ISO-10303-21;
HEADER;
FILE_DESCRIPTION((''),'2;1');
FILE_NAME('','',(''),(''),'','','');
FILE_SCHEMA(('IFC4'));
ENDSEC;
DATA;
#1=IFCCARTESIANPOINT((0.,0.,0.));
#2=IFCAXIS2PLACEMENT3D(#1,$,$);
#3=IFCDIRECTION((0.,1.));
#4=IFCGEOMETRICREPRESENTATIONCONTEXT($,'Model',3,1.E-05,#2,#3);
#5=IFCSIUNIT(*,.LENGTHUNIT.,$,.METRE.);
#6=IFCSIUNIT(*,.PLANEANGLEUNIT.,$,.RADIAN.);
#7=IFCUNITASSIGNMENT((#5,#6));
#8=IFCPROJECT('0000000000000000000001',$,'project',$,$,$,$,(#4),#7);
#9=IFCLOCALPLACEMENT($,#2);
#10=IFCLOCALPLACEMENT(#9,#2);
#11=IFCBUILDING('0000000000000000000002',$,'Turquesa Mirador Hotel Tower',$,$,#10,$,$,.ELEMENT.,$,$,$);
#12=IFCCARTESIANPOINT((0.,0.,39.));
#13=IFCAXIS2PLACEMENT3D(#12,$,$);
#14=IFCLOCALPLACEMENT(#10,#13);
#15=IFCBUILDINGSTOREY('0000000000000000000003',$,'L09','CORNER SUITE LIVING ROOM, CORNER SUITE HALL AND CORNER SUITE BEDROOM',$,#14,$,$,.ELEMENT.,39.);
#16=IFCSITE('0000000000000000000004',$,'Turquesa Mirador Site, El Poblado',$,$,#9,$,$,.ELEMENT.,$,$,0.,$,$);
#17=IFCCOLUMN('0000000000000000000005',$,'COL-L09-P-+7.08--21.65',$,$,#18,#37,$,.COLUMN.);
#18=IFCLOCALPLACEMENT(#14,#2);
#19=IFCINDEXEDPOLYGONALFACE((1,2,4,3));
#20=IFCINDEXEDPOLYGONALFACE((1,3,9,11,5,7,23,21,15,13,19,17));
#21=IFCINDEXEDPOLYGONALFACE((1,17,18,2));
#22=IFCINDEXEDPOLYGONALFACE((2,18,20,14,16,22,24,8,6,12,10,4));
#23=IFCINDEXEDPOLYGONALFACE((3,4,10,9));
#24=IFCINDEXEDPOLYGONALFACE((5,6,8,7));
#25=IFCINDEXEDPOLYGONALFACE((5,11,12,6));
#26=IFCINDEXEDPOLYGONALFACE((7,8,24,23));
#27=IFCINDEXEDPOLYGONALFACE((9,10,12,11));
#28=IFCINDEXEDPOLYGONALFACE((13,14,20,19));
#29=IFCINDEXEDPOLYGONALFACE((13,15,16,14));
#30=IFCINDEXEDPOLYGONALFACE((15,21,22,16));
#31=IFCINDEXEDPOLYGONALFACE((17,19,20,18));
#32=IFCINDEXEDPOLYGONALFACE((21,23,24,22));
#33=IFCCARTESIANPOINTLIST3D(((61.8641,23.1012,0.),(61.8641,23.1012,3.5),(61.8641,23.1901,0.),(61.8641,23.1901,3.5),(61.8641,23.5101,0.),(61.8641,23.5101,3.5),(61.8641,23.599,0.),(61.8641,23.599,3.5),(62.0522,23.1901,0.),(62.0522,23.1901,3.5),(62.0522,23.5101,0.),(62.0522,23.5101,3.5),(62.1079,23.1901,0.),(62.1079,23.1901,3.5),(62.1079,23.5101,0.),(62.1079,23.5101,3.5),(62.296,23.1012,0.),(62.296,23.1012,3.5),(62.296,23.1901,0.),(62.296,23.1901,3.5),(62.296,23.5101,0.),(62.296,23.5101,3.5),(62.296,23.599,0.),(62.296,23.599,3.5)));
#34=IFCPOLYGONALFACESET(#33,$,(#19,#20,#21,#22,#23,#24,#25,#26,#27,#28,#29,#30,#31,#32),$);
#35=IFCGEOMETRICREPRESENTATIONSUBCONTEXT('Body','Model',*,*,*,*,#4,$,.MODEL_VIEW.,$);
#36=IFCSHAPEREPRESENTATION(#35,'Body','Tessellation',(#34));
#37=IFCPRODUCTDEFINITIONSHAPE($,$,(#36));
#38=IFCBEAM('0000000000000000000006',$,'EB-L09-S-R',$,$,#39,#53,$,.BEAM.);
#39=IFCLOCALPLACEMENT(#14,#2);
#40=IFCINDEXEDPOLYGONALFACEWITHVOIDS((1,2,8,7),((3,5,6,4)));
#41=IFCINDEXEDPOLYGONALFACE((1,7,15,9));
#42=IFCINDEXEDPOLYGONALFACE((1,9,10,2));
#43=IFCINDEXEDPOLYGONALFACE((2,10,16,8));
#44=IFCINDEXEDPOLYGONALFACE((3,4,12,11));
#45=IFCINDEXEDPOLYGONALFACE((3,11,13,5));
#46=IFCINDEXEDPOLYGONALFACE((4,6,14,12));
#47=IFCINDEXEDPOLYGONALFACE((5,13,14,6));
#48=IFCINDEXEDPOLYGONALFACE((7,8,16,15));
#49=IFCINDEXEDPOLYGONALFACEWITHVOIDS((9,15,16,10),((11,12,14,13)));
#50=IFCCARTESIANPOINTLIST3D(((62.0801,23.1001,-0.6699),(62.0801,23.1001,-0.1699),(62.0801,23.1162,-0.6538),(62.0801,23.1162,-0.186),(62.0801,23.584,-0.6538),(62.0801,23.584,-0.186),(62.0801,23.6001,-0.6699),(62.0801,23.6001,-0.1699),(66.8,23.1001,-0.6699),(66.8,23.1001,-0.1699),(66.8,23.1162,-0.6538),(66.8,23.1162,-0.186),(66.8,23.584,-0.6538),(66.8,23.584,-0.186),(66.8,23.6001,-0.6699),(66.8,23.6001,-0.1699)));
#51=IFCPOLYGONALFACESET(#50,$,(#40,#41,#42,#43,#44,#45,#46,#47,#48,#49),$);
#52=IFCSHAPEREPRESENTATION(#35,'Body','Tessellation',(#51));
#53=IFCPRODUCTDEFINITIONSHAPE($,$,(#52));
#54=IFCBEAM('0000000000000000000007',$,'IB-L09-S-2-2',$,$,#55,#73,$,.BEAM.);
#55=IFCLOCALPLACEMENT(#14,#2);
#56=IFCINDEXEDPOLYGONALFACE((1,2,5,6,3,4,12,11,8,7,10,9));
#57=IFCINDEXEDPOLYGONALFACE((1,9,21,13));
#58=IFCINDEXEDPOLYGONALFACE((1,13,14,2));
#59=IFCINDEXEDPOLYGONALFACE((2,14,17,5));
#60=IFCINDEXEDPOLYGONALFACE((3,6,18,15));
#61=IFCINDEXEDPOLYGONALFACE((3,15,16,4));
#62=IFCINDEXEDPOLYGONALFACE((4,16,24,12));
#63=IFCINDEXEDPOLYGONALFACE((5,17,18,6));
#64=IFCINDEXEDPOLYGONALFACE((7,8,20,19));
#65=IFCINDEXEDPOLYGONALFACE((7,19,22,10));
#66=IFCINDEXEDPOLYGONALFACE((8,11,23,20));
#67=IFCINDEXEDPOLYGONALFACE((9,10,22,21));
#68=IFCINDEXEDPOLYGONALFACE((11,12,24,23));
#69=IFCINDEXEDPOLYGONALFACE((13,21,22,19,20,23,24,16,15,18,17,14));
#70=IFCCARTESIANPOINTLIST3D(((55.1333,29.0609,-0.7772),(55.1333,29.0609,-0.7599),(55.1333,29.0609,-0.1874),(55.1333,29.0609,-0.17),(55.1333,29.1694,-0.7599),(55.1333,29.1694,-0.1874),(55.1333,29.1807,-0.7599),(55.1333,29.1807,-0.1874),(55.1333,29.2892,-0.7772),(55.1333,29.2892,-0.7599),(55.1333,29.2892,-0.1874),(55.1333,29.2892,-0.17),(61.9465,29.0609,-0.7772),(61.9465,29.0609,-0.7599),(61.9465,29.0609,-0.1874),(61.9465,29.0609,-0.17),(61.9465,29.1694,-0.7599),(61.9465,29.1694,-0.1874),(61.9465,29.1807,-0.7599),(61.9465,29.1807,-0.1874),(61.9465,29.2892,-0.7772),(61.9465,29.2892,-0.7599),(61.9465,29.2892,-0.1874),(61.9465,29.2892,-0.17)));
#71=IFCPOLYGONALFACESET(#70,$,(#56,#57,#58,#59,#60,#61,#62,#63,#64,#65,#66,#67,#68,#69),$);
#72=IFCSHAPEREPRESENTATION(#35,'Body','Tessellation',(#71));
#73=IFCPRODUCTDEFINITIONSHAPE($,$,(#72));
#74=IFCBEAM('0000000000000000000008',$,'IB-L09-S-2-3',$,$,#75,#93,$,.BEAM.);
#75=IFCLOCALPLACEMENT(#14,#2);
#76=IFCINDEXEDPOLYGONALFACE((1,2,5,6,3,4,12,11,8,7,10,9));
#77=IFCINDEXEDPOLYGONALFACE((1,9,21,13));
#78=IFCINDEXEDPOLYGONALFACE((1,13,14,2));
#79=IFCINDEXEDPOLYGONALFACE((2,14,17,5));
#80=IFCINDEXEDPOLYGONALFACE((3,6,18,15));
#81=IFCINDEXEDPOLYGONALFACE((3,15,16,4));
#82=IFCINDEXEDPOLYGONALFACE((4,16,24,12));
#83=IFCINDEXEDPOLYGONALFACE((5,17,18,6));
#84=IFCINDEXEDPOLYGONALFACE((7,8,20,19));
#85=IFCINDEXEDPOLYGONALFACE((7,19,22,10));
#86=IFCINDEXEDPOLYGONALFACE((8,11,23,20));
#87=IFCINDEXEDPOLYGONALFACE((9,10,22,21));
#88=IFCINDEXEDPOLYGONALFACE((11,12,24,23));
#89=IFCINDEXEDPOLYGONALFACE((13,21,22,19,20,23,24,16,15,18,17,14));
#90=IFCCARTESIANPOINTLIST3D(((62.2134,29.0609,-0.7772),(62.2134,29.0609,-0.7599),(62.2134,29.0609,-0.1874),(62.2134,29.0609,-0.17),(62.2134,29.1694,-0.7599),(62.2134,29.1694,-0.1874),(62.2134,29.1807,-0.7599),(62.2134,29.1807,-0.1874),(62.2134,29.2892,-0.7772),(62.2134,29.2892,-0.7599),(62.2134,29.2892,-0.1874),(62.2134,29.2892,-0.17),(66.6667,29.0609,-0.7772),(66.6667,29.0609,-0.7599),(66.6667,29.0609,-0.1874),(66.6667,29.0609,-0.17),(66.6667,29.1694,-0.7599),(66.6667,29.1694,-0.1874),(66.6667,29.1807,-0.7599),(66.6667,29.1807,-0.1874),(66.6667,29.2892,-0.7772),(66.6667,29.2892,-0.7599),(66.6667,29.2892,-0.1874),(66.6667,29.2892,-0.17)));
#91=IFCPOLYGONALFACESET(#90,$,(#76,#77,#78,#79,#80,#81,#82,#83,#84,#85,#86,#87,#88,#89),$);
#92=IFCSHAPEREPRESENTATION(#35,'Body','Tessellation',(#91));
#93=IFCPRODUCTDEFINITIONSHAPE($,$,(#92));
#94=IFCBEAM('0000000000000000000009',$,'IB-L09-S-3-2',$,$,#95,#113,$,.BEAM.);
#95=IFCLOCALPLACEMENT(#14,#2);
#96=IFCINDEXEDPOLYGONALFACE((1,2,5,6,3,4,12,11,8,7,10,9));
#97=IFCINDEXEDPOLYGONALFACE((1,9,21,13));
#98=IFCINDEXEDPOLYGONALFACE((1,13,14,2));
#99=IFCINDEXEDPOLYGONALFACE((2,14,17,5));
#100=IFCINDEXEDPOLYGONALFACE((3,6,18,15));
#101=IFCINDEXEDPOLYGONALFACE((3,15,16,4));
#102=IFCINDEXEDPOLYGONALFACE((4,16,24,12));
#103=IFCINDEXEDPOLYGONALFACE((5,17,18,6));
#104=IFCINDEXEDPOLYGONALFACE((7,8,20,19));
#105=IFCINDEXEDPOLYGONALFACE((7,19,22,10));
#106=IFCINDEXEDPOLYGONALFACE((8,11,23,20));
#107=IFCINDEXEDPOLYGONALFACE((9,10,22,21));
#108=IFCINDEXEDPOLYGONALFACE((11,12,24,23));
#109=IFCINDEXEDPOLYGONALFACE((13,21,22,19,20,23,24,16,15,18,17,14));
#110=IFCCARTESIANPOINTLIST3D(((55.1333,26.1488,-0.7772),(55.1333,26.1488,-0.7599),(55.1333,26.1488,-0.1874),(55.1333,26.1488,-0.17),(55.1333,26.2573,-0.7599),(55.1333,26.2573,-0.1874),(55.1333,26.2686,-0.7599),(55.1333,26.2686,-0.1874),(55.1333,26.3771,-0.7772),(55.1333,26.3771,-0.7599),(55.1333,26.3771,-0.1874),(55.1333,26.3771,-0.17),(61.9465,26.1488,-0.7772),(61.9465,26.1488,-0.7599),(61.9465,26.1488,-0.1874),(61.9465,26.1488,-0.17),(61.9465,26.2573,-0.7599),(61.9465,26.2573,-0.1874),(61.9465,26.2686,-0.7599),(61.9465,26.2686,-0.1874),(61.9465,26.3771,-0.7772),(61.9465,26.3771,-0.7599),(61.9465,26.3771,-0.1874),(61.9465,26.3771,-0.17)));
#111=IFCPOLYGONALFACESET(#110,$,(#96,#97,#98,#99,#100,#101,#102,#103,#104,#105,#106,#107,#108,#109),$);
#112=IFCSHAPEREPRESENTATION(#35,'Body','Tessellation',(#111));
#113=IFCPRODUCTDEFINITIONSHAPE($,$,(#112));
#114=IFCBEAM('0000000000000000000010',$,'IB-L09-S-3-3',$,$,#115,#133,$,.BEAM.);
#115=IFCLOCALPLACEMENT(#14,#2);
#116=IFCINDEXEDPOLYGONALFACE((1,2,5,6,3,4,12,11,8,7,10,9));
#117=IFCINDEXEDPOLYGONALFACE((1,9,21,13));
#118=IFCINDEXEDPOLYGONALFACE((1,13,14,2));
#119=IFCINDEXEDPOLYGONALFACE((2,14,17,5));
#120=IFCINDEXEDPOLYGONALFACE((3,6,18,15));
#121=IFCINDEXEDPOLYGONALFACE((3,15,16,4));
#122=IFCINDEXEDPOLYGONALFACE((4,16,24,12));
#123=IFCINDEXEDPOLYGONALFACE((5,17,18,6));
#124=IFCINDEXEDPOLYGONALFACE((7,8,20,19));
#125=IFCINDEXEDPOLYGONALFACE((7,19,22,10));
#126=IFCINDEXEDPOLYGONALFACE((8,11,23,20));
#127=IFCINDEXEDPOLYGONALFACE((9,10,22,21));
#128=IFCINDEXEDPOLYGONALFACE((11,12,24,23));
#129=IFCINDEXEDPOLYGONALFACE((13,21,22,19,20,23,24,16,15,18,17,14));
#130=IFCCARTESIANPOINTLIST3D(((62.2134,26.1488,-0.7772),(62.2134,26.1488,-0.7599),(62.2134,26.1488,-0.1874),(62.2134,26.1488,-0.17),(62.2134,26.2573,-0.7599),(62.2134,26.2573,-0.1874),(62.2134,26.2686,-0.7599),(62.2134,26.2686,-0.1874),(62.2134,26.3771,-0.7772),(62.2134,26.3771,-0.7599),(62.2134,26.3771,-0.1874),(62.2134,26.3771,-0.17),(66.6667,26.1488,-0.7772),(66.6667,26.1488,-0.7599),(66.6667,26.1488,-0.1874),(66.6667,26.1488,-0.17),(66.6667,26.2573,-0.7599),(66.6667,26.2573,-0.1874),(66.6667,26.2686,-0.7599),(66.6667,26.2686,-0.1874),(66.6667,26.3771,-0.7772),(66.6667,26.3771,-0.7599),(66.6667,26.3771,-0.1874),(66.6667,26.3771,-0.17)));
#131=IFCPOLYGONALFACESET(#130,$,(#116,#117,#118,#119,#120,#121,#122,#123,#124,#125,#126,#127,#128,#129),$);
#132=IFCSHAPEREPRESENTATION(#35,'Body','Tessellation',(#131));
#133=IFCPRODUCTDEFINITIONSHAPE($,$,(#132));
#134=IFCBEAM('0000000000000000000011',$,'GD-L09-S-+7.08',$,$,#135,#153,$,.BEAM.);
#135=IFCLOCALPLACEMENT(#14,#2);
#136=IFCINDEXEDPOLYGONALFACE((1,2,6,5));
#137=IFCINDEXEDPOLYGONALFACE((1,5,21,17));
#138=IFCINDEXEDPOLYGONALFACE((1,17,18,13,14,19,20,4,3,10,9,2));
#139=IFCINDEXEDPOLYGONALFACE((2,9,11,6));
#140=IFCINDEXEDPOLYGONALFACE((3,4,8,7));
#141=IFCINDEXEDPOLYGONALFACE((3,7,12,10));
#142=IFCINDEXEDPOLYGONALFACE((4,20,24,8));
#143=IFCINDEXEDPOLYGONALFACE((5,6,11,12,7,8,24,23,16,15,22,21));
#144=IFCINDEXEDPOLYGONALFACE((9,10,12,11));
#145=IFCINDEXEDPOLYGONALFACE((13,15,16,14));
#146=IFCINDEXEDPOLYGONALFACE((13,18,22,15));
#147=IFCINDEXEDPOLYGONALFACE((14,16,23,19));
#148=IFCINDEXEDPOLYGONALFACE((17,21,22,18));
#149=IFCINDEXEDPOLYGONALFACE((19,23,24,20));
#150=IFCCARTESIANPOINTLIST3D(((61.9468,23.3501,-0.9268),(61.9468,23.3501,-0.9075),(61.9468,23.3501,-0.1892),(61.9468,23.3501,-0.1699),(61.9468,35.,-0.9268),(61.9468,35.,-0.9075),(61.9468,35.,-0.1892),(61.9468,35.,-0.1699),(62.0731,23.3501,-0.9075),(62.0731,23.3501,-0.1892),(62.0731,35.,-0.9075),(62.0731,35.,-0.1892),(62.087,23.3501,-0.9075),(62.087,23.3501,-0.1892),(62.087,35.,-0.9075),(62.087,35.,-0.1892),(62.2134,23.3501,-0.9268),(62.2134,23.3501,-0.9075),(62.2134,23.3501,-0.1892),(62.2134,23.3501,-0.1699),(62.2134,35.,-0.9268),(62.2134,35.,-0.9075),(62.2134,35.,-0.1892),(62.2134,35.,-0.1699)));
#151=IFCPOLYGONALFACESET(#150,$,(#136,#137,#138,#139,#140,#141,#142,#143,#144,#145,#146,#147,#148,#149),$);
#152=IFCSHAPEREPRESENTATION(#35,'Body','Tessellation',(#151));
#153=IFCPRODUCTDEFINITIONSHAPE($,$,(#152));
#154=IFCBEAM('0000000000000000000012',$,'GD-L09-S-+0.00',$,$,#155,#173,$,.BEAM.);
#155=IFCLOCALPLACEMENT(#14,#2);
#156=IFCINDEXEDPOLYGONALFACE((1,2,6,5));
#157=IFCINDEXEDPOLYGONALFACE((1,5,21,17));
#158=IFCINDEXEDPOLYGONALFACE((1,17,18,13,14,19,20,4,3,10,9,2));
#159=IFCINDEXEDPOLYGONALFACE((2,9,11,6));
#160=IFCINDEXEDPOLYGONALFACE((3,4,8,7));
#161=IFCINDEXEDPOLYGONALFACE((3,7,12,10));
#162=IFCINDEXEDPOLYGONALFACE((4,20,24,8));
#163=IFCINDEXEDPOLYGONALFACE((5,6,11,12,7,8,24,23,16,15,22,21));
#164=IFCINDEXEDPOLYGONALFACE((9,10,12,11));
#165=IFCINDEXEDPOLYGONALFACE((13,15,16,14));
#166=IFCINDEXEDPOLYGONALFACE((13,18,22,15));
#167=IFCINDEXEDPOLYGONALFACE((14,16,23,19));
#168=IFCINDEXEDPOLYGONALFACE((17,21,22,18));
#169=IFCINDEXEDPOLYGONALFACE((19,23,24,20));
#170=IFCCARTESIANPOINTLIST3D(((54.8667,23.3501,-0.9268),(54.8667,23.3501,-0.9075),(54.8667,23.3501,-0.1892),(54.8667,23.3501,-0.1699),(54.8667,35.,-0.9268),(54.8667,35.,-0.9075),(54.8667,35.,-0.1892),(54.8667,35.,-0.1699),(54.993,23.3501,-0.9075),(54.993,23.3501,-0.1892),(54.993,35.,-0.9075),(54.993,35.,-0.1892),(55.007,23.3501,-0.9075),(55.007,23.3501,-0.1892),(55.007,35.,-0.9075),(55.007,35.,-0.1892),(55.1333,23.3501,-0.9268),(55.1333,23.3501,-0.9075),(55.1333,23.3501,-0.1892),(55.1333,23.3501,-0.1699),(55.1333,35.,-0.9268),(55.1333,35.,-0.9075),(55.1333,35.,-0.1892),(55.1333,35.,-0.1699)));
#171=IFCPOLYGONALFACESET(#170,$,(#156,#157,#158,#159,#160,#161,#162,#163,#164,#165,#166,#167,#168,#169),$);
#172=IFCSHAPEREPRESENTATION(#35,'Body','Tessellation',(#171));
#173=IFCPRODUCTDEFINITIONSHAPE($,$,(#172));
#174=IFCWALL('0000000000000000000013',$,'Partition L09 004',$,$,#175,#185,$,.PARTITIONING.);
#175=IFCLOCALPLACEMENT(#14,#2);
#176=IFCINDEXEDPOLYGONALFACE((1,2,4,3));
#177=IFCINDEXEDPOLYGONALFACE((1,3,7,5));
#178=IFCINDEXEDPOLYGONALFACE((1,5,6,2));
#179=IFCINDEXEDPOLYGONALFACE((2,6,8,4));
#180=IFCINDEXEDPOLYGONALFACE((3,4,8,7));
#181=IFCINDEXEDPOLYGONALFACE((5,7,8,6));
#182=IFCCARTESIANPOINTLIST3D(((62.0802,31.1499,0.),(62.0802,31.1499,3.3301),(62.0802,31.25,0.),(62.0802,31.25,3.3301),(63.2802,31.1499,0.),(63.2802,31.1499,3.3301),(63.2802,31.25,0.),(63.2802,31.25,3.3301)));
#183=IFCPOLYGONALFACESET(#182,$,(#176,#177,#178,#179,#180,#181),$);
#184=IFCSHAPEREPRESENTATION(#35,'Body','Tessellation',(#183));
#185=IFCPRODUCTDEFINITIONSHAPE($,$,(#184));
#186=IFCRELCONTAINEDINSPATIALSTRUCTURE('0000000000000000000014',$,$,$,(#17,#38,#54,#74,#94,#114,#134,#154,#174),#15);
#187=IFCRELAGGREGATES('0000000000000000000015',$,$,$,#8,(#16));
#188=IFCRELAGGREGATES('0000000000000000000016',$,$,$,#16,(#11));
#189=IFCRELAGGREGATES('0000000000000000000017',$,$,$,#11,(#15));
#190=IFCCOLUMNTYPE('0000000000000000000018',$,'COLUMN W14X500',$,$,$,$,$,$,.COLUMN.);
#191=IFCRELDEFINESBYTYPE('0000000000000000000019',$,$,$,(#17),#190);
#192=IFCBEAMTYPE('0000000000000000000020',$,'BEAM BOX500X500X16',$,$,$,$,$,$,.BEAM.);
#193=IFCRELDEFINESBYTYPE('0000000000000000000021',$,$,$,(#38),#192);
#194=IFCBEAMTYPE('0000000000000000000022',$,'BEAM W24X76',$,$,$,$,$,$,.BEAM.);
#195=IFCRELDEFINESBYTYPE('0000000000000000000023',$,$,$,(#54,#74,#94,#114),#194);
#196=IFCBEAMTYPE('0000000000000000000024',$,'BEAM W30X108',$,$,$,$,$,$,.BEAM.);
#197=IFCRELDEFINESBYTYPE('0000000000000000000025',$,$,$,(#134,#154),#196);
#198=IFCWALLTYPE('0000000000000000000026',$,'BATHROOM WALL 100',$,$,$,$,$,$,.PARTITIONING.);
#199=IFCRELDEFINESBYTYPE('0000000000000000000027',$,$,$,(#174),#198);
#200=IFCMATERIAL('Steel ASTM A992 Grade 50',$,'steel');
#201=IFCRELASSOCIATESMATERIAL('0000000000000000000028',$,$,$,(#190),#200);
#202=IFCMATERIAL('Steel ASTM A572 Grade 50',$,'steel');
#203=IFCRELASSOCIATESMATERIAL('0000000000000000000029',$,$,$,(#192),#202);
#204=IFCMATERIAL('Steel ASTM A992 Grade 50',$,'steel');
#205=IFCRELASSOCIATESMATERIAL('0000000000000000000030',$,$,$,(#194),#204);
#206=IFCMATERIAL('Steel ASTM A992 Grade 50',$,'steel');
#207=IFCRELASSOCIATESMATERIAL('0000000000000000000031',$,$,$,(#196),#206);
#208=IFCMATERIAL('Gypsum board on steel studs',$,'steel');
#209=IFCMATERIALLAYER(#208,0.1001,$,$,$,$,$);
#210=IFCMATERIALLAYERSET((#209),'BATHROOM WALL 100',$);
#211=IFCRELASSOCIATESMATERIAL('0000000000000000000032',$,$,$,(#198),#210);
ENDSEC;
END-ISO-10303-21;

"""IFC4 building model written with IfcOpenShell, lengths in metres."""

from ifc_helpers import new_model, si_unit, direction, frame, frame_2d, origin, origin_2d, place, context, subcontext, project, spatial, rectangle, hollow_rectangle, i_section, extrude, material, layer, layer_set, material_profile, profile_set, type_object, element, save


model = new_model("IFC4")

# Units and contexts
model_context = context("Model", 3, precision=1e-05, world=origin(), true_north=direction((0.0, 1.0)))
body_context = subcontext(model_context, "Body", "Model", "MODEL_VIEW")
ifc_project = project(units=[si_unit("LENGTHUNIT", "METRE"), si_unit("PLANEANGLEUNIT", "RADIAN")], contexts=[model_context])

# Site, building, storey
site_placement = place(None, origin())
site = spatial("IfcSite", under=ifc_project, at=site_placement, Name="Turquesa Mirador Site, El Poblado", CompositionType="ELEMENT", RefElevation=0.0)
building_placement = place(site_placement, origin())
building = spatial("IfcBuilding", under=site, at=building_placement, Name="Turquesa Mirador Hotel Tower", CompositionType="ELEMENT")
storey_placement = place(building_placement, frame((0.0, 0.0, 39.0)))
storey = spatial("IfcBuildingStorey", under=building, at=storey_placement, Name="L09", Description="CORNER SUITE LIVING ROOM, CORNER SUITE HALL AND CORNER SUITE BEDROOM", CompositionType="ELEMENT", Elevation=39.0)

# Column
ifc_material_1 = material(Name="Steel ASTM A992 Grade 50", Category="steel")
ifc_material_profile_1 = material_profile(ifc_material_1, i_section(OverallWidth=0.4319, OverallDepth=0.4978, WebThickness=0.0557, FlangeThickness=0.0889, at=origin_2d()), Name="W14X500")
ifc_profile_set_1 = profile_set([ifc_material_profile_1], Name="Steel ASTM A992 Grade 50")
column_type = type_object("IfcColumnType", Name="COLUMN W14X500", PredefinedType="COLUMN", material=ifc_profile_set_1)
column_placement = place(storey_placement, frame((62.0801, 23.3501, 0.0), z_axis=(0.0, 0.0, 1.0), x_axis=(1.0, 0.0, 0.0)))
element("IfcColumn", 1, at=column_placement, inside=storey, type_object=column_type, Name="COL-L09-P-+7.08--21.65", PredefinedType="COLUMN", context=body_context, shape_type="SweptSolid", body=[
    extrude(i_section(OverallWidth=0.4319, OverallDepth=0.4978, WebThickness=0.0557, FlangeThickness=0.0889, at=origin_2d()), origin(), (0.0, 0.0, 1.0), 3.5),
])

# Beams
ifc_material_2 = material(Name="Steel ASTM A572 Grade 50", Category="steel")
ifc_material_profile_2 = material_profile(ifc_material_2, hollow_rectangle(XDim=0.5, YDim=0.5, WallThickness=0.0161, at=origin_2d()), Name="BOX500X500X16")
ifc_profile_set_2 = profile_set([ifc_material_profile_2], Name="Steel ASTM A572 Grade 50")
beam_type_1 = type_object("IfcBeamType", Name="BEAM BOX500X500X16", PredefinedType="BEAM", material=ifc_profile_set_2)
beam_1_placement = place(storey_placement, frame((62.0801, 23.3501, -0.4199), z_axis=(1.0, 0.0, 0.0), x_axis=(0.0, 1.0, 0.0)))
element("IfcBeam", 2, at=beam_1_placement, inside=storey, type_object=beam_type_1, Name="EB-L09-S-R", PredefinedType="BEAM", context=body_context, shape_type="SweptSolid", body=[
    extrude(hollow_rectangle(XDim=0.5, YDim=0.5, WallThickness=0.0161, at=origin_2d()), origin(), (0.0, 0.0, 1.0), 4.72),
])
ifc_material_3 = material(Name="Steel ASTM A992 Grade 50", Category="steel")
ifc_material_profile_3 = material_profile(ifc_material_3, i_section(OverallWidth=0.2283, OverallDepth=0.6072, WebThickness=0.0112, FlangeThickness=0.0173, at=origin_2d()), Name="W24X76")
ifc_profile_set_3 = profile_set([ifc_material_profile_3], Name="Steel ASTM A992 Grade 50")
beam_type_2 = type_object("IfcBeamType", Name="BEAM W24X76", PredefinedType="BEAM", material=ifc_profile_set_3)
beam_2_placement = place(storey_placement, frame((55.1333, 29.175, -0.4736), z_axis=(1.0, 0.0, 0.0), x_axis=(0.0, 1.0, 0.0)))
element("IfcBeam", 3, at=beam_2_placement, inside=storey, type_object=beam_type_2, Name="IB-L09-S-2-2", PredefinedType="BEAM", context=body_context, shape_type="SweptSolid", body=[
    extrude(i_section(OverallWidth=0.2283, OverallDepth=0.6072, WebThickness=0.0112, FlangeThickness=0.0173, at=origin_2d()), origin(), (0.0, 0.0, 1.0), 6.8132),
])
beam_3_placement = place(storey_placement, frame((62.2134, 29.175, -0.4736), z_axis=(1.0, 0.0, 0.0), x_axis=(0.0, 1.0, 0.0)))
element("IfcBeam", 4, at=beam_3_placement, inside=storey, type_object=beam_type_2, Name="IB-L09-S-2-3", PredefinedType="BEAM", context=body_context, shape_type="SweptSolid", body=[
    extrude(i_section(OverallWidth=0.2283, OverallDepth=0.6072, WebThickness=0.0112, FlangeThickness=0.0173, at=origin_2d()), origin(), (0.0, 0.0, 1.0), 4.4534),
])
beam_4_placement = place(storey_placement, frame((55.1333, 26.2629, -0.4736), z_axis=(1.0, 0.0, 0.0), x_axis=(0.0, 1.0, 0.0)))
element("IfcBeam", 5, at=beam_4_placement, inside=storey, type_object=beam_type_2, Name="IB-L09-S-3-2", PredefinedType="BEAM", context=body_context, shape_type="SweptSolid", body=[
    extrude(i_section(OverallWidth=0.2283, OverallDepth=0.6072, WebThickness=0.0112, FlangeThickness=0.0173, at=origin_2d()), origin(), (0.0, 0.0, 1.0), 6.8132),
])
beam_5_placement = place(storey_placement, frame((62.2134, 26.2629, -0.4736), z_axis=(1.0, 0.0, 0.0), x_axis=(0.0, 1.0, 0.0)))
element("IfcBeam", 6, at=beam_5_placement, inside=storey, type_object=beam_type_2, Name="IB-L09-S-3-3", PredefinedType="BEAM", context=body_context, shape_type="SweptSolid", body=[
    extrude(i_section(OverallWidth=0.2283, OverallDepth=0.6072, WebThickness=0.0112, FlangeThickness=0.0173, at=origin_2d()), origin(), (0.0, 0.0, 1.0), 4.4534),
])
ifc_material_4 = material(Name="Steel ASTM A992 Grade 50", Category="steel")
ifc_material_profile_4 = material_profile(ifc_material_4, i_section(OverallWidth=0.2666, OverallDepth=0.7568, WebThickness=0.0139, FlangeThickness=0.0193, at=origin_2d()), Name="W30X108")
ifc_profile_set_4 = profile_set([ifc_material_profile_4], Name="Steel ASTM A992 Grade 50")
beam_type_3 = type_object("IfcBeamType", Name="BEAM W30X108", PredefinedType="BEAM", material=ifc_profile_set_4)
for number, where, z_axis, x_axis, name in (
    (7, (62.0801, 23.3501, -0.5483), (0.0, 1.0, 0.0), (-1.0, 0.0, 0.0), "GD-L09-S-+7.08"),
    (8, (55.0, 23.3501, -0.5483), (0.0, 1.0, 0.0), (-1.0, 0.0, 0.0), "GD-L09-S-+0.00"),
):
    element("IfcBeam", number, at=place(storey_placement, frame(where, z_axis=z_axis, x_axis=x_axis)), inside=storey, type_object=beam_type_3, Name=name, PredefinedType="BEAM", context=body_context, shape_type="SweptSolid", body=[
        extrude(i_section(OverallWidth=0.2666, OverallDepth=0.7568, WebThickness=0.0139, FlangeThickness=0.0193, at=origin_2d()), origin(), (0.0, 0.0, 1.0), 11.6499),
    ])

# Wall
ifc_material_5 = material(Name="Gypsum board on steel studs", Category="steel")
ifc_layer_1 = layer(ifc_material_5, 0.1001)
ifc_layer_set_1 = layer_set([ifc_layer_1], Name="BATHROOM WALL 100")
wall_type_1 = type_object("IfcWallType", Name="BATHROOM WALL 100", PredefinedType="PARTITIONING", material=ifc_layer_set_1)
wall_1_placement = place(storey_placement, frame((62.0801, 31.2, 0.0), z_axis=(0.0, 0.0, 1.0), x_axis=(1.0, 0.0, 0.0)))
element("IfcWall", 9, at=wall_1_placement, inside=storey, type_object=wall_type_1, Name="Partition L09 004", PredefinedType="PARTITIONING", context=body_context, shape_type="SweptSolid", body=[
    extrude(rectangle(XDim=1.2, YDim=0.1001, at=frame_2d((0.6001, 0.0))), origin(), (0.0, 0.0, 1.0), 3.3301),
])

save(model, "model.ifc")
